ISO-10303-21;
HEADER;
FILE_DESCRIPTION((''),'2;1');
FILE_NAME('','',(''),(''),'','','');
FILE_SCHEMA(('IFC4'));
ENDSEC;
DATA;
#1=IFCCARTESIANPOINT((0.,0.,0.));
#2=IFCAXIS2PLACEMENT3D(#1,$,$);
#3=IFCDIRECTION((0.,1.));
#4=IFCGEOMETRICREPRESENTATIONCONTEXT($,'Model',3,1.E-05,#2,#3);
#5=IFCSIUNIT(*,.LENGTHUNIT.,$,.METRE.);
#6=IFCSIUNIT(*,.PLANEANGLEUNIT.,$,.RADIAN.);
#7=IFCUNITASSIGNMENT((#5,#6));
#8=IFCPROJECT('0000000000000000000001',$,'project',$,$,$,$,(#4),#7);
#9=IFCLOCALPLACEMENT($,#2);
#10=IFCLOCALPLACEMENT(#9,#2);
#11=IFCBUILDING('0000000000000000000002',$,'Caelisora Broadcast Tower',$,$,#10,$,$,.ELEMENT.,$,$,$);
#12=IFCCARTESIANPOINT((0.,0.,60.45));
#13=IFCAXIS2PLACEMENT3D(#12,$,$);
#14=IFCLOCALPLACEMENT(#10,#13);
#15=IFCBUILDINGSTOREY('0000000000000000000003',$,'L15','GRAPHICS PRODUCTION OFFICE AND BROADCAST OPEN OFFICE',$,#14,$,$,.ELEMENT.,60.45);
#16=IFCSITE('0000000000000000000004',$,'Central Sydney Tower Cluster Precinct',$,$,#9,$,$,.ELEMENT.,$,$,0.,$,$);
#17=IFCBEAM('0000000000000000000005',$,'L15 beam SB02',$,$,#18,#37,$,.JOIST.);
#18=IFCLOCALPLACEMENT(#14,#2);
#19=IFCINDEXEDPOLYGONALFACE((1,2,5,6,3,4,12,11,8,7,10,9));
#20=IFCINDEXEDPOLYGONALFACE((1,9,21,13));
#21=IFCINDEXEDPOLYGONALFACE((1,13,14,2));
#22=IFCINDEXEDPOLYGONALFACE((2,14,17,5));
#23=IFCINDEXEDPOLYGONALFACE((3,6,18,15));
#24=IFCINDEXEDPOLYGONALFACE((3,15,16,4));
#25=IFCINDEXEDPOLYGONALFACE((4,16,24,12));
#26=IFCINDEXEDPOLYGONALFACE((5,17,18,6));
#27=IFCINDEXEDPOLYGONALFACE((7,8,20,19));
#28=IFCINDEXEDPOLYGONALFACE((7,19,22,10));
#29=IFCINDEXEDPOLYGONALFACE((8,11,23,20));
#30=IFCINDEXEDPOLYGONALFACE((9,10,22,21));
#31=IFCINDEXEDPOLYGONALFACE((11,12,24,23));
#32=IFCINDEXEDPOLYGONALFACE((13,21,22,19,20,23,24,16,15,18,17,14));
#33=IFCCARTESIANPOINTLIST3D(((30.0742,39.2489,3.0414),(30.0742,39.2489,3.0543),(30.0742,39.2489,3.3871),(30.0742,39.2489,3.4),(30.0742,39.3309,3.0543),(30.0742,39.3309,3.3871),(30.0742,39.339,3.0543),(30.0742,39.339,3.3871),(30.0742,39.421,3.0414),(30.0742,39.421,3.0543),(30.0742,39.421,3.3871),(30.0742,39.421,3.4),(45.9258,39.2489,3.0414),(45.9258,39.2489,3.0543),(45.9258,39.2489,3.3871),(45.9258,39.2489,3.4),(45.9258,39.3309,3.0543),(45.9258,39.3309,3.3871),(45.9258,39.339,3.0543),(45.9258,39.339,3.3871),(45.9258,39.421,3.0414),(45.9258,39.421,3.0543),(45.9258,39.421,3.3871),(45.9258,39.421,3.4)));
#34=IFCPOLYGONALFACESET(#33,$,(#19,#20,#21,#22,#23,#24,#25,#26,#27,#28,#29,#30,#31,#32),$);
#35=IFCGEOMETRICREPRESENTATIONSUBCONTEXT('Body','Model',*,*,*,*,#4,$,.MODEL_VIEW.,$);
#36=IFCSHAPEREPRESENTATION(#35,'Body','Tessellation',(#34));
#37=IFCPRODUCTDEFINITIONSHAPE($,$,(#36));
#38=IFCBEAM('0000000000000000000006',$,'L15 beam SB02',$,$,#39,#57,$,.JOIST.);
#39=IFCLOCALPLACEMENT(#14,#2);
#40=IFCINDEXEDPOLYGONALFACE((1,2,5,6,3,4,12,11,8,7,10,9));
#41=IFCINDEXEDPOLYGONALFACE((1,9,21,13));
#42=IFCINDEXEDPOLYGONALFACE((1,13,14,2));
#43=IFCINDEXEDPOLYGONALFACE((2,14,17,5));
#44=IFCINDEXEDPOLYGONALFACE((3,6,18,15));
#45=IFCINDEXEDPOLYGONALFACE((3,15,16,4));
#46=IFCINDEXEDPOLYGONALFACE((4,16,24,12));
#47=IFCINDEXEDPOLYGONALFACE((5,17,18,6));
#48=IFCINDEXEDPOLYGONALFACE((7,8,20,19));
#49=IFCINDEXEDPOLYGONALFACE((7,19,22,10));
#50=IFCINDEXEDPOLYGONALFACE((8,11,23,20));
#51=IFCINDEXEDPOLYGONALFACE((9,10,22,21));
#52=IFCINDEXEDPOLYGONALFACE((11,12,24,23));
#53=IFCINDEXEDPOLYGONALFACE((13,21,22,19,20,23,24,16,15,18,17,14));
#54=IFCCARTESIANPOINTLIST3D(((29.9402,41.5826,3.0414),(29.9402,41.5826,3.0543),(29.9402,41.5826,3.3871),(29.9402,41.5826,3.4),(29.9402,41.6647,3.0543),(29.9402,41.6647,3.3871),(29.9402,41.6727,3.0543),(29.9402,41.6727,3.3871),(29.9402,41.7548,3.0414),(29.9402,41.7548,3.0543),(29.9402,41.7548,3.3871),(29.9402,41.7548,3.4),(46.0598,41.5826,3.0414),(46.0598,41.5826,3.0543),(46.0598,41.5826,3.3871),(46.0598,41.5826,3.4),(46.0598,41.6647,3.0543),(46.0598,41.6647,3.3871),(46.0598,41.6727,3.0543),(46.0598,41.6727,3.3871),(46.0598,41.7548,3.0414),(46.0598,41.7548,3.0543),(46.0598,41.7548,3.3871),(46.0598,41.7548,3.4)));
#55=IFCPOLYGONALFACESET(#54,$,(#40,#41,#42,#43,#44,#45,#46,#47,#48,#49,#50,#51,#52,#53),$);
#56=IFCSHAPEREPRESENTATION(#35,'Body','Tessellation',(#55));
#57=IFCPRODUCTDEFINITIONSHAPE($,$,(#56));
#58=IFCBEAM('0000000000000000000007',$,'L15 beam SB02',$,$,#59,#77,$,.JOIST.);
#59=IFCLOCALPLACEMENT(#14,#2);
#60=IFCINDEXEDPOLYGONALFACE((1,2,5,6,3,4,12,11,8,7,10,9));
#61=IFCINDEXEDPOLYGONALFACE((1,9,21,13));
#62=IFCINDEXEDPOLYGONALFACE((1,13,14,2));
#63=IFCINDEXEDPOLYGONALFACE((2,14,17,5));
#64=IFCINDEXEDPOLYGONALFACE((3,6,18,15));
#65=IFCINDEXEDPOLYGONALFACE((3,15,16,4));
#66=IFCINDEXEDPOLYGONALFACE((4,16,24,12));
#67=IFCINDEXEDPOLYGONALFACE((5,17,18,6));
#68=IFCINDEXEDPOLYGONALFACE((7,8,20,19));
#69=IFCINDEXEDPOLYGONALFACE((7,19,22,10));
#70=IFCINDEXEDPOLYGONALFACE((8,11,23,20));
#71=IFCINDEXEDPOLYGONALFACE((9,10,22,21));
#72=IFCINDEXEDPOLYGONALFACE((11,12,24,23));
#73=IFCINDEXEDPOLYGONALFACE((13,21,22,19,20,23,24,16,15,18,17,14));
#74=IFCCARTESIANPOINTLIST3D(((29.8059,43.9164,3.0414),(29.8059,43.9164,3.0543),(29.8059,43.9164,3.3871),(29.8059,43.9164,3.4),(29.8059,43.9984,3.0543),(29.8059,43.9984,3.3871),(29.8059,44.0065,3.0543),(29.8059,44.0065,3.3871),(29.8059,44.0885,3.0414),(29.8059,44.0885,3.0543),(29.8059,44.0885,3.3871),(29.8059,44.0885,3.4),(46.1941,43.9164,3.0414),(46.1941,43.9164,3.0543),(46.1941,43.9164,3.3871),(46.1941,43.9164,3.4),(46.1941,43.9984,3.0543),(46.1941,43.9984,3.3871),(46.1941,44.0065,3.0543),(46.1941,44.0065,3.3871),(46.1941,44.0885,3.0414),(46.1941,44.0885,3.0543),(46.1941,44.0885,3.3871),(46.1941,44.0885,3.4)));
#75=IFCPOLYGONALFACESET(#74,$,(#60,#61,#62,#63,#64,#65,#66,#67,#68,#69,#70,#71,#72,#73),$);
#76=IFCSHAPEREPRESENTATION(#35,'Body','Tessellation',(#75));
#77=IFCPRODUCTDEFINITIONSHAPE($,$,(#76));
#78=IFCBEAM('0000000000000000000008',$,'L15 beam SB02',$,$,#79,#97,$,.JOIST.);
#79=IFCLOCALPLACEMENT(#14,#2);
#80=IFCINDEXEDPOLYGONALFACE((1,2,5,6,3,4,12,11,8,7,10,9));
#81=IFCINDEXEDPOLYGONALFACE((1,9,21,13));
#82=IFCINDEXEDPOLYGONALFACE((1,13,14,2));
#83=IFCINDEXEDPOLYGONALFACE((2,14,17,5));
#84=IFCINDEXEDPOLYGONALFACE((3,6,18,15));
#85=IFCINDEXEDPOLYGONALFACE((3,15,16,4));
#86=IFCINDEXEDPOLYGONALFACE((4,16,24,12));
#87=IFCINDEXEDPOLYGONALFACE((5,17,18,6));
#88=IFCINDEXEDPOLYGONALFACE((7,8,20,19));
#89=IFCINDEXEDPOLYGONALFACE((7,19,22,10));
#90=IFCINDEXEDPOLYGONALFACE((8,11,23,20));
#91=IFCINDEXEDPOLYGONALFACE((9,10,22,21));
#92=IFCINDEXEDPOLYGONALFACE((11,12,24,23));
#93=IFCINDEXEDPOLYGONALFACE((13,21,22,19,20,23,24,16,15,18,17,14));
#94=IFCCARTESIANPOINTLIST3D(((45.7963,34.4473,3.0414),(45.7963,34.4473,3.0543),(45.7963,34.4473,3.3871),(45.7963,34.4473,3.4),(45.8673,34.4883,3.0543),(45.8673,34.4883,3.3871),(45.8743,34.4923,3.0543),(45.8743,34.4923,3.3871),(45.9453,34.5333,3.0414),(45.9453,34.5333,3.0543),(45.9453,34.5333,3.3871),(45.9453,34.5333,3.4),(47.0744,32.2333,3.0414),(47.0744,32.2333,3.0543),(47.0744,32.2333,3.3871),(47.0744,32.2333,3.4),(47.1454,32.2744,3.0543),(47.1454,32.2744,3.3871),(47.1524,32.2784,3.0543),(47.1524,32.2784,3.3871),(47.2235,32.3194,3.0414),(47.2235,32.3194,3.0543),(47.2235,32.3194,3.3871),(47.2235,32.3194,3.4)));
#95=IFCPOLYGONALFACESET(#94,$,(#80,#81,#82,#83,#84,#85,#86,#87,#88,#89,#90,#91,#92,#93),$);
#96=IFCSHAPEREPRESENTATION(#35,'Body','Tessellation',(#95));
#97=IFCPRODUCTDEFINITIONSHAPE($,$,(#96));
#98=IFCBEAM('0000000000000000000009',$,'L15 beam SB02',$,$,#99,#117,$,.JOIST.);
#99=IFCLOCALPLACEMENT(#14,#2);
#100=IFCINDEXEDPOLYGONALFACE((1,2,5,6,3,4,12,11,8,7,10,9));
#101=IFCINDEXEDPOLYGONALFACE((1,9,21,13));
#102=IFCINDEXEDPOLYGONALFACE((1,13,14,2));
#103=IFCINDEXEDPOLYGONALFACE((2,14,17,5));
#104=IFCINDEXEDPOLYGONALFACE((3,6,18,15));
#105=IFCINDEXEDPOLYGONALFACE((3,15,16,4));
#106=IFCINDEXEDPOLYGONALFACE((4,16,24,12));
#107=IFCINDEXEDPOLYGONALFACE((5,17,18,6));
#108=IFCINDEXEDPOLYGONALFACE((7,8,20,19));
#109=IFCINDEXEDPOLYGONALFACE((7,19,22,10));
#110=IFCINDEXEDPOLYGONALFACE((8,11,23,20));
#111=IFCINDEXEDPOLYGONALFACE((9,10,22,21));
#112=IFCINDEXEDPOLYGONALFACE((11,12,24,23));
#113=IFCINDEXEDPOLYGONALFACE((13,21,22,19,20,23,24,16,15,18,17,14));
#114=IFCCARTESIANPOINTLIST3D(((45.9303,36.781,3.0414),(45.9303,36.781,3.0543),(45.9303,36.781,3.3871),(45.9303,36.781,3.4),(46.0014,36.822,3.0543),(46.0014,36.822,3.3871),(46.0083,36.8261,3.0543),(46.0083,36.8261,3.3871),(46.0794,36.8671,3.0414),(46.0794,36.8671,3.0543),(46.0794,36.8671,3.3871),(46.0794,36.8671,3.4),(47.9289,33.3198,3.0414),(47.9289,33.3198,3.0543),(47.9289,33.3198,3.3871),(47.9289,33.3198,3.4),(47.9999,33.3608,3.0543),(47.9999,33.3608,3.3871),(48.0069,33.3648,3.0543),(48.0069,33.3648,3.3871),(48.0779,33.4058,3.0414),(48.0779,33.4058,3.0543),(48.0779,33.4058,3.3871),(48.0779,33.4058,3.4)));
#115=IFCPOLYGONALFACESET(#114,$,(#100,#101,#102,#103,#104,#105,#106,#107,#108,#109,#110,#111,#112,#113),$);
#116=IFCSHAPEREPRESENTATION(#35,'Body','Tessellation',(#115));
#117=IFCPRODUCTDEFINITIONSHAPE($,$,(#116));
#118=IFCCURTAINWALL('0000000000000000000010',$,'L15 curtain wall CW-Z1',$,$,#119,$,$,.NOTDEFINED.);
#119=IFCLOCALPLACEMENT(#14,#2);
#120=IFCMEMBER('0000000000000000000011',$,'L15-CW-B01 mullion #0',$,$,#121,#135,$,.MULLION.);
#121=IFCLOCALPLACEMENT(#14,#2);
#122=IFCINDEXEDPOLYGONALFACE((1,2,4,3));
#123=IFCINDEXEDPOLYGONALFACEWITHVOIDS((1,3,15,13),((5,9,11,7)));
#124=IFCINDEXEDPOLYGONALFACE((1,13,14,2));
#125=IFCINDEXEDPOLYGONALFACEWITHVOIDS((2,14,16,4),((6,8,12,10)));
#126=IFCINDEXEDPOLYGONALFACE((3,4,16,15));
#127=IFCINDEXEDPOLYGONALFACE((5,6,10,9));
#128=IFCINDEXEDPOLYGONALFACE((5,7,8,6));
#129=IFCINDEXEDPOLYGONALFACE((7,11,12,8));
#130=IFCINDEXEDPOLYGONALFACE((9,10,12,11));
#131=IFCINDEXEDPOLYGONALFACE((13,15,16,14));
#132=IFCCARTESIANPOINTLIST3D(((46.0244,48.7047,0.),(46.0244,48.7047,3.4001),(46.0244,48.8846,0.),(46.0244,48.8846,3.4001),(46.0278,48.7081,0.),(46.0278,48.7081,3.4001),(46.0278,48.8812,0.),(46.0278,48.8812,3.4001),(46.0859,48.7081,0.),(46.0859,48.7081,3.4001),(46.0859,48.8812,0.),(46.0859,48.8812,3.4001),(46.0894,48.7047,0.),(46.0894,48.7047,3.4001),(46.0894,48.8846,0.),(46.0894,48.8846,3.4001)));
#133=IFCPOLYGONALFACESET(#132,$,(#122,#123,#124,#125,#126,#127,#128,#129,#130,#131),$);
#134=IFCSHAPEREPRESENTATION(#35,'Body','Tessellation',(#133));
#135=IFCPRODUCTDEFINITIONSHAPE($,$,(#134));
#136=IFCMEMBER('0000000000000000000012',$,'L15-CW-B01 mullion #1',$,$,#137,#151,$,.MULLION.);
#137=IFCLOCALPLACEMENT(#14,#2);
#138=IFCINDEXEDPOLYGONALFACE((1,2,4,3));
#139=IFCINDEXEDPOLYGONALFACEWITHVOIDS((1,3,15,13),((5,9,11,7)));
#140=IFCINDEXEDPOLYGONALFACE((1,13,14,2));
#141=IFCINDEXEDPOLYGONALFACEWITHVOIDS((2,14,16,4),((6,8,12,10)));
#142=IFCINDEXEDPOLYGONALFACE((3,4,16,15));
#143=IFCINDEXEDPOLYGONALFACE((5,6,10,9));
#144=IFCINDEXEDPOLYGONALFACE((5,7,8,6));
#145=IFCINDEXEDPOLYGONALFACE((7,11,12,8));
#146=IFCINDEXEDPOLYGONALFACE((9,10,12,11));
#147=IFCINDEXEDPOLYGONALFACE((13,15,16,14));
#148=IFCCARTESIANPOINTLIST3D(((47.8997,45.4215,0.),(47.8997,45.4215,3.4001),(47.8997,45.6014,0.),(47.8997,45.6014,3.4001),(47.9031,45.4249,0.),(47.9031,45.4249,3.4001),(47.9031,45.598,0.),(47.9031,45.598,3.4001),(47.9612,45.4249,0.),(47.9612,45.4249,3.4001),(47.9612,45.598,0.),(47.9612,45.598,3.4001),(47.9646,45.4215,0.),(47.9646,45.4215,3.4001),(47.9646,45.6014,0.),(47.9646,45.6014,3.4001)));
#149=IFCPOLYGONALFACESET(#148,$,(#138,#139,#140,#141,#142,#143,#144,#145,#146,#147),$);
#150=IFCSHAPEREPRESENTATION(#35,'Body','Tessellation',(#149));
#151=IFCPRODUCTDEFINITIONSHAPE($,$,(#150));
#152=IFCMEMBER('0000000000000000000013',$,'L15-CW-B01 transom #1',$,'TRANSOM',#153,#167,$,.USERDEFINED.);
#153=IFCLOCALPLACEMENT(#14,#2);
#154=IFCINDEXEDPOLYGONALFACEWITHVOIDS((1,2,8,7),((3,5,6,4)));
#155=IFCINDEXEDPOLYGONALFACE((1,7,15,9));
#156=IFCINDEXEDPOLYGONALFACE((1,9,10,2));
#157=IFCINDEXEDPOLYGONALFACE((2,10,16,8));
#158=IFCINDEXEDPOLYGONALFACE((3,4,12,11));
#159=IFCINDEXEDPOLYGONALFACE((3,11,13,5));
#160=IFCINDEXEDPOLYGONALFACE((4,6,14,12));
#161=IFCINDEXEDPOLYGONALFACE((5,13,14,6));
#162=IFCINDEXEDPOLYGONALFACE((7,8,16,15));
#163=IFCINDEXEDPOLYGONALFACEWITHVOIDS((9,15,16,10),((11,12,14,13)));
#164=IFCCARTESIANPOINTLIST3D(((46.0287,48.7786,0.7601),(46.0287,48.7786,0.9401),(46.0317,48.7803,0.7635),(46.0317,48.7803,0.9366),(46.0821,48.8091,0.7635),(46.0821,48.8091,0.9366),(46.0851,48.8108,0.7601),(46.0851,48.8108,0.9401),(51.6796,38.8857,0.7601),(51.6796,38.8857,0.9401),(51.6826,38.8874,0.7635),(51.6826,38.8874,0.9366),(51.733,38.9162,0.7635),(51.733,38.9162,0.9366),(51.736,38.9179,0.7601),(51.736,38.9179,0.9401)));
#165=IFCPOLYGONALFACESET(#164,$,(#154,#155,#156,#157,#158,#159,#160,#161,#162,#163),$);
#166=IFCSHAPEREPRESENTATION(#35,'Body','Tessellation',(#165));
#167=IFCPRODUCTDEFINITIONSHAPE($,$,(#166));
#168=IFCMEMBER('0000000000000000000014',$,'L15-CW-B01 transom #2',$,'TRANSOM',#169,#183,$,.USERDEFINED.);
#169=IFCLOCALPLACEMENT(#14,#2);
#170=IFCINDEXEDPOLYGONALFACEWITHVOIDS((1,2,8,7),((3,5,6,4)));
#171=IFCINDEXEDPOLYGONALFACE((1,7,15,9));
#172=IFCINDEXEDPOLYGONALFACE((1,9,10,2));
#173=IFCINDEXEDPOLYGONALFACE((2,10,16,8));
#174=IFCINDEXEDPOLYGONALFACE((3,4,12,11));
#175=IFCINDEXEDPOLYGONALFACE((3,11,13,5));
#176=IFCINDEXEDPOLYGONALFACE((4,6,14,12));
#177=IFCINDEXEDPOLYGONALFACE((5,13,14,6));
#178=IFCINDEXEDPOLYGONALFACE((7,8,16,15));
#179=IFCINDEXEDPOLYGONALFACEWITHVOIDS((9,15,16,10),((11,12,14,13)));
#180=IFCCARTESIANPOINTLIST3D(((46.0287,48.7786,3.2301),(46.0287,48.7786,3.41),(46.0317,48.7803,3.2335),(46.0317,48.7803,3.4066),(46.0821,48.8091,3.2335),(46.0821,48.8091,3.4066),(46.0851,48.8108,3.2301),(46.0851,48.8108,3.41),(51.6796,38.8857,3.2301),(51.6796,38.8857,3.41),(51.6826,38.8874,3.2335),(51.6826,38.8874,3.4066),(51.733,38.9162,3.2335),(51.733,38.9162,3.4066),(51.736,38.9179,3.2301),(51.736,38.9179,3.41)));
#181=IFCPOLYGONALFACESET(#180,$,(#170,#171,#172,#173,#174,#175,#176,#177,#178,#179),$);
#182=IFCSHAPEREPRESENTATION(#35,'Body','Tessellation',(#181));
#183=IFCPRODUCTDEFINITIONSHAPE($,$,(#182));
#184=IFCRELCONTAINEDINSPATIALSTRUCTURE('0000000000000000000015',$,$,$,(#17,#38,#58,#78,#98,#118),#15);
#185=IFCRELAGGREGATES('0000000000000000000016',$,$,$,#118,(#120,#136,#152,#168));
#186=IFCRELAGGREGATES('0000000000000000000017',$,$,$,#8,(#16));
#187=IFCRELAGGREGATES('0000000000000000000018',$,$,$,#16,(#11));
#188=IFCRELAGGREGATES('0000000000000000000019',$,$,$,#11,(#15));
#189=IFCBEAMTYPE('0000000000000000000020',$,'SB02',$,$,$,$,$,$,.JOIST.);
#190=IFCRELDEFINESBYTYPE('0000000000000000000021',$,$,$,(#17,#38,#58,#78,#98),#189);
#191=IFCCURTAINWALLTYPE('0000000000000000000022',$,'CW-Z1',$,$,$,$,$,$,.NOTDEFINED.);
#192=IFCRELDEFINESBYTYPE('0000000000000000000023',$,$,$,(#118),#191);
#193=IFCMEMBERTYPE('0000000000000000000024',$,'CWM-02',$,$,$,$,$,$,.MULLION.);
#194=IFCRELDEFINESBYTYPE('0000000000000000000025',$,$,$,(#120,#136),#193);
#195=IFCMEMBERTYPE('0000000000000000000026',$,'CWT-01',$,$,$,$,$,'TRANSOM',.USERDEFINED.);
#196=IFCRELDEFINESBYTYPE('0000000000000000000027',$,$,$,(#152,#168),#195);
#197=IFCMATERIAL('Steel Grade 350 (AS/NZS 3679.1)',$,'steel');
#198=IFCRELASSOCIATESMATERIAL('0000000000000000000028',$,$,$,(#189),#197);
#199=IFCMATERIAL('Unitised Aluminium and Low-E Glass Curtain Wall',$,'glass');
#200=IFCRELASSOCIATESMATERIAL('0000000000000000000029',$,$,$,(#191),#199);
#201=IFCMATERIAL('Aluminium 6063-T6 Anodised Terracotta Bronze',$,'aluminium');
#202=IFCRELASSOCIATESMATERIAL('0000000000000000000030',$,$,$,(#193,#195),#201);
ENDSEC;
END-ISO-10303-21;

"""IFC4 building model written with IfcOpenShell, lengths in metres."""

from ifc_helpers import new_model, si_unit, direction, frame, origin, origin_2d, place, context, subcontext, project, spatial, hollow_rectangle, i_section, extrude, source, transform, mapped, material, material_profile, profile_set, type_object, type_shapes, element, aggregate, save


model = new_model("IFC4")

# Units and contexts
model_context = context("Model", 3, precision=1e-05, world=origin(), true_north=direction((0.0, 1.0)))
body_context = subcontext(model_context, "Body", "Model", "MODEL_VIEW")
ifc_project = project(units=[si_unit("LENGTHUNIT", "METRE"), si_unit("PLANEANGLEUNIT", "RADIAN")], contexts=[model_context])

# Site, building, storey
site_placement = place(None, origin())
site = spatial("IfcSite", under=ifc_project, at=site_placement, Name="Central Sydney Tower Cluster Precinct", CompositionType="ELEMENT", RefElevation=0.0)
building_placement = place(site_placement, origin())
building = spatial("IfcBuilding", under=site, at=building_placement, Name="Caelisora Broadcast Tower", CompositionType="ELEMENT")
storey_placement = place(building_placement, frame((0.0, 0.0, 60.45)))
storey = spatial("IfcBuildingStorey", under=building, at=storey_placement, Name="L15", Description="GRAPHICS PRODUCTION OFFICE AND BROADCAST OPEN OFFICE", CompositionType="ELEMENT", Elevation=60.45)

# Beams
ifc_material_1 = material(Name="Steel Grade 350 (AS/NZS 3679.1)", Category="steel")
ifc_material_profile_1 = material_profile(ifc_material_1, i_section(OverallWidth=0.1721, OverallDepth=0.3586, WebThickness=0.0081, FlangeThickness=0.0129, at=origin_2d()), Name="Steel Grade 350 (AS/NZS 3679.1)")
ifc_profile_set_1 = profile_set([ifc_material_profile_1], Name="Steel Grade 350 (AS/NZS 3679.1)")
beam_type_1 = type_object("IfcBeamType", Name="SB02", PredefinedType="JOIST", material=ifc_profile_set_1)
shared_shape_1 = source(origin(), body_context, "Body", "SweptSolid", [
    extrude(i_section(OverallWidth=0.1721, OverallDepth=0.3586, WebThickness=0.0081, FlangeThickness=0.0129, at=origin_2d()), origin(), (0.0, 0.0, 1.0), 15.8516),
])
beam_1_placement = place(storey_placement, frame((45.9258, 39.335, 3.2207), z_axis=(-1.0, 0.0, 0.0), x_axis=(0.0, -1.0, 0.0)))
element("IfcBeam", 1, at=beam_1_placement, inside=storey, type_object=beam_type_1, Name="L15 beam SB02", PredefinedType="JOIST", context=body_context, shape_type="MappedRepresentation", body=[
    mapped(shared_shape_1, transform((0.0, 0.0, 0.0), scale=1.0)),
])
shared_shape_2 = source(origin(), body_context, "Body", "SweptSolid", [
    extrude(i_section(OverallWidth=0.1721, OverallDepth=0.3586, WebThickness=0.0081, FlangeThickness=0.0129, at=origin_2d()), origin(), (0.0, 0.0, 1.0), 16.1196),
])
beam_2_placement = place(storey_placement, frame((46.0598, 41.6687, 3.2207), z_axis=(-1.0, 0.0, 0.0), x_axis=(0.0, -1.0, 0.0)))
element("IfcBeam", 2, at=beam_2_placement, inside=storey, type_object=beam_type_1, Name="L15 beam SB02", PredefinedType="JOIST", context=body_context, shape_type="MappedRepresentation", body=[
    mapped(shared_shape_2, transform((0.0, 0.0, 0.0), scale=1.0)),
])
shared_shape_3 = source(origin(), body_context, "Body", "SweptSolid", [
    extrude(i_section(OverallWidth=0.1721, OverallDepth=0.3586, WebThickness=0.0081, FlangeThickness=0.0129, at=origin_2d()), origin(), (0.0, 0.0, 1.0), 16.3882),
])
beam_3_placement = place(storey_placement, frame((46.1941, 44.0024, 3.2207), z_axis=(-1.0, 0.0, 0.0), x_axis=(0.0, -1.0, 0.0)))
element("IfcBeam", 3, at=beam_3_placement, inside=storey, type_object=beam_type_1, Name="L15 beam SB02", PredefinedType="JOIST", context=body_context, shape_type="MappedRepresentation", body=[
    mapped(shared_shape_3, transform((0.0, 0.0, 0.0), scale=1.0)),
])
shared_shape_4 = source(origin(), body_context, "Body", "SweptSolid", [
    extrude(i_section(OverallWidth=0.1721, OverallDepth=0.3586, WebThickness=0.0081, FlangeThickness=0.0129, at=origin_2d()), origin(), (0.0, 0.0, 1.0), 2.5564),
])
beam_4_placement = place(storey_placement, frame((47.1489, 32.2764, 3.2207), z_axis=(-0.49997, 0.866042, 0.0), x_axis=(-0.866042, -0.49997, 0.0)))
element("IfcBeam", 4, at=beam_4_placement, inside=storey, type_object=beam_type_1, Name="L15 beam SB02", PredefinedType="JOIST", context=body_context, shape_type="MappedRepresentation", body=[
    mapped(shared_shape_4, transform((0.0, 0.0, 0.0), scale=1.0)),
])
shared_shape_5 = source(origin(), body_context, "Body", "SweptSolid", [
    extrude(i_section(OverallWidth=0.1721, OverallDepth=0.3586, WebThickness=0.0081, FlangeThickness=0.0129, at=origin_2d()), origin(), (0.0, 0.0, 1.0), 3.9968),
])
beam_5_placement = place(storey_placement, frame((48.0034, 33.3628, 3.2207), z_axis=(-0.500041, 0.866001, 0.0), x_axis=(-0.866001, -0.500041, 0.0)))
element("IfcBeam", 5, at=beam_5_placement, inside=storey, type_object=beam_type_1, Name="L15 beam SB02", PredefinedType="JOIST", context=body_context, shape_type="MappedRepresentation", body=[
    mapped(shared_shape_5, transform((0.0, 0.0, 0.0), scale=1.0)),
])

# Curtain wall, members
ifc_material_2 = material(Name="Unitised Aluminium and Low-E Glass Curtain Wall", Category="glass")
curtain_wall_type = type_object("IfcCurtainWallType", Name="CW-Z1", PredefinedType="NOTDEFINED", material=ifc_material_2)
curtain_wall_placement = place(storey_placement, origin())
curtain_wall = element("IfcCurtainWall", 6, at=curtain_wall_placement, inside=storey, type_object=curtain_wall_type, Name="L15 curtain wall CW-Z1", PredefinedType="NOTDEFINED")
ifc_material_3 = material(Name="Aluminium 6063-T6 Anodised Terracotta Bronze", Category="aluminium")
ifc_material_profile_2 = material_profile(ifc_material_3, hollow_rectangle(XDim=0.0649, YDim=0.1799, WallThickness=0.0034, at=origin_2d()), Name="Aluminium 6063-T6 Anodised Terracotta Bronze")
ifc_profile_set_2 = profile_set([ifc_material_profile_2], Name="Aluminium 6063-T6 Anodised Terracotta Bronze")
member_type_1 = type_object("IfcMemberType", Name="CWM-02", PredefinedType="MULLION", material=ifc_profile_set_2)
shared_shape_6 = source(origin(), body_context, "Body", "SweptSolid", [
    extrude(hollow_rectangle(XDim=0.0649, YDim=0.1799, WallThickness=0.0034, at=origin_2d()), origin(), (0.0, 0.0, 1.0), 3.4001),
])
type_shapes(member_type_1, [shared_shape_6])
member_1_placement = place(storey_placement, frame((46.0569, 48.7947, 0.0), z_axis=(0.0, 0.0, 1.0), x_axis=(1.0, 0.0, 0.0)))
member_1 = element("IfcMember", 7, at=member_1_placement, type_object=member_type_1, Name="L15-CW-B01 mullion #0", PredefinedType="MULLION", context=body_context, shape_type="MappedRepresentation", body=[
    mapped(shared_shape_6, transform((0.0, 0.0, 0.0), scale=1.0)),
])
member_2_placement = place(storey_placement, frame((47.9321, 45.5115, 0.0), z_axis=(0.0, 0.0, 1.0), x_axis=(1.0, 0.0, 0.0)))
member_2 = element("IfcMember", 8, at=member_2_placement, type_object=member_type_1, Name="L15-CW-B01 mullion #1", PredefinedType="MULLION", context=body_context, shape_type="MappedRepresentation", body=[
    mapped(shared_shape_6, transform((0.0, 0.0, 0.0), scale=1.0)),
])
ifc_material_profile_3 = material_profile(ifc_material_3, hollow_rectangle(XDim=0.0649, YDim=0.1799, WallThickness=0.0034, at=origin_2d()), Name="Aluminium 6063-T6 Anodised Terracotta Bronze")
ifc_profile_set_3 = profile_set([ifc_material_profile_3], Name="Aluminium 6063-T6 Anodised Terracotta Bronze")
member_type_2 = type_object("IfcMemberType", Name="CWT-01", ElementType="TRANSOM", PredefinedType="USERDEFINED", material=ifc_profile_set_3)
shared_shape_7 = source(origin(), body_context, "Body", "SweptSolid", [
    extrude(hollow_rectangle(XDim=0.0649, YDim=0.1799, WallThickness=0.0034, at=origin_2d()), origin(), (0.0, 0.0, 1.0), 11.3931),
])
type_shapes(member_type_2, [shared_shape_7])
member_3_placement = place(storey_placement, frame((46.0569, 48.7947, 0.8501), z_axis=(0.495996, -0.868325, 0.0), x_axis=(0.868325, 0.495996, 0.0)))
member_3 = element("IfcMember", 9, at=member_3_placement, type_object=member_type_2, Name="L15-CW-B01 transom #1", ObjectType="TRANSOM", PredefinedType="USERDEFINED", context=body_context, shape_type="MappedRepresentation", body=[
    mapped(shared_shape_7, transform((0.0, 0.0, 0.0), scale=1.0)),
])
member_4_placement = place(storey_placement, frame((46.0569, 48.7947, 3.3201), z_axis=(0.495996, -0.868325, 0.0), x_axis=(0.868325, 0.495996, 0.0)))
member_4 = element("IfcMember", 10, at=member_4_placement, type_object=member_type_2, Name="L15-CW-B01 transom #2", ObjectType="TRANSOM", PredefinedType="USERDEFINED", context=body_context, shape_type="MappedRepresentation", body=[
    mapped(shared_shape_7, transform((0.0, 0.0, 0.0), scale=1.0)),
])
aggregate(curtain_wall, [member_1, member_2, member_3, member_4])

save(model, "model.ifc")
